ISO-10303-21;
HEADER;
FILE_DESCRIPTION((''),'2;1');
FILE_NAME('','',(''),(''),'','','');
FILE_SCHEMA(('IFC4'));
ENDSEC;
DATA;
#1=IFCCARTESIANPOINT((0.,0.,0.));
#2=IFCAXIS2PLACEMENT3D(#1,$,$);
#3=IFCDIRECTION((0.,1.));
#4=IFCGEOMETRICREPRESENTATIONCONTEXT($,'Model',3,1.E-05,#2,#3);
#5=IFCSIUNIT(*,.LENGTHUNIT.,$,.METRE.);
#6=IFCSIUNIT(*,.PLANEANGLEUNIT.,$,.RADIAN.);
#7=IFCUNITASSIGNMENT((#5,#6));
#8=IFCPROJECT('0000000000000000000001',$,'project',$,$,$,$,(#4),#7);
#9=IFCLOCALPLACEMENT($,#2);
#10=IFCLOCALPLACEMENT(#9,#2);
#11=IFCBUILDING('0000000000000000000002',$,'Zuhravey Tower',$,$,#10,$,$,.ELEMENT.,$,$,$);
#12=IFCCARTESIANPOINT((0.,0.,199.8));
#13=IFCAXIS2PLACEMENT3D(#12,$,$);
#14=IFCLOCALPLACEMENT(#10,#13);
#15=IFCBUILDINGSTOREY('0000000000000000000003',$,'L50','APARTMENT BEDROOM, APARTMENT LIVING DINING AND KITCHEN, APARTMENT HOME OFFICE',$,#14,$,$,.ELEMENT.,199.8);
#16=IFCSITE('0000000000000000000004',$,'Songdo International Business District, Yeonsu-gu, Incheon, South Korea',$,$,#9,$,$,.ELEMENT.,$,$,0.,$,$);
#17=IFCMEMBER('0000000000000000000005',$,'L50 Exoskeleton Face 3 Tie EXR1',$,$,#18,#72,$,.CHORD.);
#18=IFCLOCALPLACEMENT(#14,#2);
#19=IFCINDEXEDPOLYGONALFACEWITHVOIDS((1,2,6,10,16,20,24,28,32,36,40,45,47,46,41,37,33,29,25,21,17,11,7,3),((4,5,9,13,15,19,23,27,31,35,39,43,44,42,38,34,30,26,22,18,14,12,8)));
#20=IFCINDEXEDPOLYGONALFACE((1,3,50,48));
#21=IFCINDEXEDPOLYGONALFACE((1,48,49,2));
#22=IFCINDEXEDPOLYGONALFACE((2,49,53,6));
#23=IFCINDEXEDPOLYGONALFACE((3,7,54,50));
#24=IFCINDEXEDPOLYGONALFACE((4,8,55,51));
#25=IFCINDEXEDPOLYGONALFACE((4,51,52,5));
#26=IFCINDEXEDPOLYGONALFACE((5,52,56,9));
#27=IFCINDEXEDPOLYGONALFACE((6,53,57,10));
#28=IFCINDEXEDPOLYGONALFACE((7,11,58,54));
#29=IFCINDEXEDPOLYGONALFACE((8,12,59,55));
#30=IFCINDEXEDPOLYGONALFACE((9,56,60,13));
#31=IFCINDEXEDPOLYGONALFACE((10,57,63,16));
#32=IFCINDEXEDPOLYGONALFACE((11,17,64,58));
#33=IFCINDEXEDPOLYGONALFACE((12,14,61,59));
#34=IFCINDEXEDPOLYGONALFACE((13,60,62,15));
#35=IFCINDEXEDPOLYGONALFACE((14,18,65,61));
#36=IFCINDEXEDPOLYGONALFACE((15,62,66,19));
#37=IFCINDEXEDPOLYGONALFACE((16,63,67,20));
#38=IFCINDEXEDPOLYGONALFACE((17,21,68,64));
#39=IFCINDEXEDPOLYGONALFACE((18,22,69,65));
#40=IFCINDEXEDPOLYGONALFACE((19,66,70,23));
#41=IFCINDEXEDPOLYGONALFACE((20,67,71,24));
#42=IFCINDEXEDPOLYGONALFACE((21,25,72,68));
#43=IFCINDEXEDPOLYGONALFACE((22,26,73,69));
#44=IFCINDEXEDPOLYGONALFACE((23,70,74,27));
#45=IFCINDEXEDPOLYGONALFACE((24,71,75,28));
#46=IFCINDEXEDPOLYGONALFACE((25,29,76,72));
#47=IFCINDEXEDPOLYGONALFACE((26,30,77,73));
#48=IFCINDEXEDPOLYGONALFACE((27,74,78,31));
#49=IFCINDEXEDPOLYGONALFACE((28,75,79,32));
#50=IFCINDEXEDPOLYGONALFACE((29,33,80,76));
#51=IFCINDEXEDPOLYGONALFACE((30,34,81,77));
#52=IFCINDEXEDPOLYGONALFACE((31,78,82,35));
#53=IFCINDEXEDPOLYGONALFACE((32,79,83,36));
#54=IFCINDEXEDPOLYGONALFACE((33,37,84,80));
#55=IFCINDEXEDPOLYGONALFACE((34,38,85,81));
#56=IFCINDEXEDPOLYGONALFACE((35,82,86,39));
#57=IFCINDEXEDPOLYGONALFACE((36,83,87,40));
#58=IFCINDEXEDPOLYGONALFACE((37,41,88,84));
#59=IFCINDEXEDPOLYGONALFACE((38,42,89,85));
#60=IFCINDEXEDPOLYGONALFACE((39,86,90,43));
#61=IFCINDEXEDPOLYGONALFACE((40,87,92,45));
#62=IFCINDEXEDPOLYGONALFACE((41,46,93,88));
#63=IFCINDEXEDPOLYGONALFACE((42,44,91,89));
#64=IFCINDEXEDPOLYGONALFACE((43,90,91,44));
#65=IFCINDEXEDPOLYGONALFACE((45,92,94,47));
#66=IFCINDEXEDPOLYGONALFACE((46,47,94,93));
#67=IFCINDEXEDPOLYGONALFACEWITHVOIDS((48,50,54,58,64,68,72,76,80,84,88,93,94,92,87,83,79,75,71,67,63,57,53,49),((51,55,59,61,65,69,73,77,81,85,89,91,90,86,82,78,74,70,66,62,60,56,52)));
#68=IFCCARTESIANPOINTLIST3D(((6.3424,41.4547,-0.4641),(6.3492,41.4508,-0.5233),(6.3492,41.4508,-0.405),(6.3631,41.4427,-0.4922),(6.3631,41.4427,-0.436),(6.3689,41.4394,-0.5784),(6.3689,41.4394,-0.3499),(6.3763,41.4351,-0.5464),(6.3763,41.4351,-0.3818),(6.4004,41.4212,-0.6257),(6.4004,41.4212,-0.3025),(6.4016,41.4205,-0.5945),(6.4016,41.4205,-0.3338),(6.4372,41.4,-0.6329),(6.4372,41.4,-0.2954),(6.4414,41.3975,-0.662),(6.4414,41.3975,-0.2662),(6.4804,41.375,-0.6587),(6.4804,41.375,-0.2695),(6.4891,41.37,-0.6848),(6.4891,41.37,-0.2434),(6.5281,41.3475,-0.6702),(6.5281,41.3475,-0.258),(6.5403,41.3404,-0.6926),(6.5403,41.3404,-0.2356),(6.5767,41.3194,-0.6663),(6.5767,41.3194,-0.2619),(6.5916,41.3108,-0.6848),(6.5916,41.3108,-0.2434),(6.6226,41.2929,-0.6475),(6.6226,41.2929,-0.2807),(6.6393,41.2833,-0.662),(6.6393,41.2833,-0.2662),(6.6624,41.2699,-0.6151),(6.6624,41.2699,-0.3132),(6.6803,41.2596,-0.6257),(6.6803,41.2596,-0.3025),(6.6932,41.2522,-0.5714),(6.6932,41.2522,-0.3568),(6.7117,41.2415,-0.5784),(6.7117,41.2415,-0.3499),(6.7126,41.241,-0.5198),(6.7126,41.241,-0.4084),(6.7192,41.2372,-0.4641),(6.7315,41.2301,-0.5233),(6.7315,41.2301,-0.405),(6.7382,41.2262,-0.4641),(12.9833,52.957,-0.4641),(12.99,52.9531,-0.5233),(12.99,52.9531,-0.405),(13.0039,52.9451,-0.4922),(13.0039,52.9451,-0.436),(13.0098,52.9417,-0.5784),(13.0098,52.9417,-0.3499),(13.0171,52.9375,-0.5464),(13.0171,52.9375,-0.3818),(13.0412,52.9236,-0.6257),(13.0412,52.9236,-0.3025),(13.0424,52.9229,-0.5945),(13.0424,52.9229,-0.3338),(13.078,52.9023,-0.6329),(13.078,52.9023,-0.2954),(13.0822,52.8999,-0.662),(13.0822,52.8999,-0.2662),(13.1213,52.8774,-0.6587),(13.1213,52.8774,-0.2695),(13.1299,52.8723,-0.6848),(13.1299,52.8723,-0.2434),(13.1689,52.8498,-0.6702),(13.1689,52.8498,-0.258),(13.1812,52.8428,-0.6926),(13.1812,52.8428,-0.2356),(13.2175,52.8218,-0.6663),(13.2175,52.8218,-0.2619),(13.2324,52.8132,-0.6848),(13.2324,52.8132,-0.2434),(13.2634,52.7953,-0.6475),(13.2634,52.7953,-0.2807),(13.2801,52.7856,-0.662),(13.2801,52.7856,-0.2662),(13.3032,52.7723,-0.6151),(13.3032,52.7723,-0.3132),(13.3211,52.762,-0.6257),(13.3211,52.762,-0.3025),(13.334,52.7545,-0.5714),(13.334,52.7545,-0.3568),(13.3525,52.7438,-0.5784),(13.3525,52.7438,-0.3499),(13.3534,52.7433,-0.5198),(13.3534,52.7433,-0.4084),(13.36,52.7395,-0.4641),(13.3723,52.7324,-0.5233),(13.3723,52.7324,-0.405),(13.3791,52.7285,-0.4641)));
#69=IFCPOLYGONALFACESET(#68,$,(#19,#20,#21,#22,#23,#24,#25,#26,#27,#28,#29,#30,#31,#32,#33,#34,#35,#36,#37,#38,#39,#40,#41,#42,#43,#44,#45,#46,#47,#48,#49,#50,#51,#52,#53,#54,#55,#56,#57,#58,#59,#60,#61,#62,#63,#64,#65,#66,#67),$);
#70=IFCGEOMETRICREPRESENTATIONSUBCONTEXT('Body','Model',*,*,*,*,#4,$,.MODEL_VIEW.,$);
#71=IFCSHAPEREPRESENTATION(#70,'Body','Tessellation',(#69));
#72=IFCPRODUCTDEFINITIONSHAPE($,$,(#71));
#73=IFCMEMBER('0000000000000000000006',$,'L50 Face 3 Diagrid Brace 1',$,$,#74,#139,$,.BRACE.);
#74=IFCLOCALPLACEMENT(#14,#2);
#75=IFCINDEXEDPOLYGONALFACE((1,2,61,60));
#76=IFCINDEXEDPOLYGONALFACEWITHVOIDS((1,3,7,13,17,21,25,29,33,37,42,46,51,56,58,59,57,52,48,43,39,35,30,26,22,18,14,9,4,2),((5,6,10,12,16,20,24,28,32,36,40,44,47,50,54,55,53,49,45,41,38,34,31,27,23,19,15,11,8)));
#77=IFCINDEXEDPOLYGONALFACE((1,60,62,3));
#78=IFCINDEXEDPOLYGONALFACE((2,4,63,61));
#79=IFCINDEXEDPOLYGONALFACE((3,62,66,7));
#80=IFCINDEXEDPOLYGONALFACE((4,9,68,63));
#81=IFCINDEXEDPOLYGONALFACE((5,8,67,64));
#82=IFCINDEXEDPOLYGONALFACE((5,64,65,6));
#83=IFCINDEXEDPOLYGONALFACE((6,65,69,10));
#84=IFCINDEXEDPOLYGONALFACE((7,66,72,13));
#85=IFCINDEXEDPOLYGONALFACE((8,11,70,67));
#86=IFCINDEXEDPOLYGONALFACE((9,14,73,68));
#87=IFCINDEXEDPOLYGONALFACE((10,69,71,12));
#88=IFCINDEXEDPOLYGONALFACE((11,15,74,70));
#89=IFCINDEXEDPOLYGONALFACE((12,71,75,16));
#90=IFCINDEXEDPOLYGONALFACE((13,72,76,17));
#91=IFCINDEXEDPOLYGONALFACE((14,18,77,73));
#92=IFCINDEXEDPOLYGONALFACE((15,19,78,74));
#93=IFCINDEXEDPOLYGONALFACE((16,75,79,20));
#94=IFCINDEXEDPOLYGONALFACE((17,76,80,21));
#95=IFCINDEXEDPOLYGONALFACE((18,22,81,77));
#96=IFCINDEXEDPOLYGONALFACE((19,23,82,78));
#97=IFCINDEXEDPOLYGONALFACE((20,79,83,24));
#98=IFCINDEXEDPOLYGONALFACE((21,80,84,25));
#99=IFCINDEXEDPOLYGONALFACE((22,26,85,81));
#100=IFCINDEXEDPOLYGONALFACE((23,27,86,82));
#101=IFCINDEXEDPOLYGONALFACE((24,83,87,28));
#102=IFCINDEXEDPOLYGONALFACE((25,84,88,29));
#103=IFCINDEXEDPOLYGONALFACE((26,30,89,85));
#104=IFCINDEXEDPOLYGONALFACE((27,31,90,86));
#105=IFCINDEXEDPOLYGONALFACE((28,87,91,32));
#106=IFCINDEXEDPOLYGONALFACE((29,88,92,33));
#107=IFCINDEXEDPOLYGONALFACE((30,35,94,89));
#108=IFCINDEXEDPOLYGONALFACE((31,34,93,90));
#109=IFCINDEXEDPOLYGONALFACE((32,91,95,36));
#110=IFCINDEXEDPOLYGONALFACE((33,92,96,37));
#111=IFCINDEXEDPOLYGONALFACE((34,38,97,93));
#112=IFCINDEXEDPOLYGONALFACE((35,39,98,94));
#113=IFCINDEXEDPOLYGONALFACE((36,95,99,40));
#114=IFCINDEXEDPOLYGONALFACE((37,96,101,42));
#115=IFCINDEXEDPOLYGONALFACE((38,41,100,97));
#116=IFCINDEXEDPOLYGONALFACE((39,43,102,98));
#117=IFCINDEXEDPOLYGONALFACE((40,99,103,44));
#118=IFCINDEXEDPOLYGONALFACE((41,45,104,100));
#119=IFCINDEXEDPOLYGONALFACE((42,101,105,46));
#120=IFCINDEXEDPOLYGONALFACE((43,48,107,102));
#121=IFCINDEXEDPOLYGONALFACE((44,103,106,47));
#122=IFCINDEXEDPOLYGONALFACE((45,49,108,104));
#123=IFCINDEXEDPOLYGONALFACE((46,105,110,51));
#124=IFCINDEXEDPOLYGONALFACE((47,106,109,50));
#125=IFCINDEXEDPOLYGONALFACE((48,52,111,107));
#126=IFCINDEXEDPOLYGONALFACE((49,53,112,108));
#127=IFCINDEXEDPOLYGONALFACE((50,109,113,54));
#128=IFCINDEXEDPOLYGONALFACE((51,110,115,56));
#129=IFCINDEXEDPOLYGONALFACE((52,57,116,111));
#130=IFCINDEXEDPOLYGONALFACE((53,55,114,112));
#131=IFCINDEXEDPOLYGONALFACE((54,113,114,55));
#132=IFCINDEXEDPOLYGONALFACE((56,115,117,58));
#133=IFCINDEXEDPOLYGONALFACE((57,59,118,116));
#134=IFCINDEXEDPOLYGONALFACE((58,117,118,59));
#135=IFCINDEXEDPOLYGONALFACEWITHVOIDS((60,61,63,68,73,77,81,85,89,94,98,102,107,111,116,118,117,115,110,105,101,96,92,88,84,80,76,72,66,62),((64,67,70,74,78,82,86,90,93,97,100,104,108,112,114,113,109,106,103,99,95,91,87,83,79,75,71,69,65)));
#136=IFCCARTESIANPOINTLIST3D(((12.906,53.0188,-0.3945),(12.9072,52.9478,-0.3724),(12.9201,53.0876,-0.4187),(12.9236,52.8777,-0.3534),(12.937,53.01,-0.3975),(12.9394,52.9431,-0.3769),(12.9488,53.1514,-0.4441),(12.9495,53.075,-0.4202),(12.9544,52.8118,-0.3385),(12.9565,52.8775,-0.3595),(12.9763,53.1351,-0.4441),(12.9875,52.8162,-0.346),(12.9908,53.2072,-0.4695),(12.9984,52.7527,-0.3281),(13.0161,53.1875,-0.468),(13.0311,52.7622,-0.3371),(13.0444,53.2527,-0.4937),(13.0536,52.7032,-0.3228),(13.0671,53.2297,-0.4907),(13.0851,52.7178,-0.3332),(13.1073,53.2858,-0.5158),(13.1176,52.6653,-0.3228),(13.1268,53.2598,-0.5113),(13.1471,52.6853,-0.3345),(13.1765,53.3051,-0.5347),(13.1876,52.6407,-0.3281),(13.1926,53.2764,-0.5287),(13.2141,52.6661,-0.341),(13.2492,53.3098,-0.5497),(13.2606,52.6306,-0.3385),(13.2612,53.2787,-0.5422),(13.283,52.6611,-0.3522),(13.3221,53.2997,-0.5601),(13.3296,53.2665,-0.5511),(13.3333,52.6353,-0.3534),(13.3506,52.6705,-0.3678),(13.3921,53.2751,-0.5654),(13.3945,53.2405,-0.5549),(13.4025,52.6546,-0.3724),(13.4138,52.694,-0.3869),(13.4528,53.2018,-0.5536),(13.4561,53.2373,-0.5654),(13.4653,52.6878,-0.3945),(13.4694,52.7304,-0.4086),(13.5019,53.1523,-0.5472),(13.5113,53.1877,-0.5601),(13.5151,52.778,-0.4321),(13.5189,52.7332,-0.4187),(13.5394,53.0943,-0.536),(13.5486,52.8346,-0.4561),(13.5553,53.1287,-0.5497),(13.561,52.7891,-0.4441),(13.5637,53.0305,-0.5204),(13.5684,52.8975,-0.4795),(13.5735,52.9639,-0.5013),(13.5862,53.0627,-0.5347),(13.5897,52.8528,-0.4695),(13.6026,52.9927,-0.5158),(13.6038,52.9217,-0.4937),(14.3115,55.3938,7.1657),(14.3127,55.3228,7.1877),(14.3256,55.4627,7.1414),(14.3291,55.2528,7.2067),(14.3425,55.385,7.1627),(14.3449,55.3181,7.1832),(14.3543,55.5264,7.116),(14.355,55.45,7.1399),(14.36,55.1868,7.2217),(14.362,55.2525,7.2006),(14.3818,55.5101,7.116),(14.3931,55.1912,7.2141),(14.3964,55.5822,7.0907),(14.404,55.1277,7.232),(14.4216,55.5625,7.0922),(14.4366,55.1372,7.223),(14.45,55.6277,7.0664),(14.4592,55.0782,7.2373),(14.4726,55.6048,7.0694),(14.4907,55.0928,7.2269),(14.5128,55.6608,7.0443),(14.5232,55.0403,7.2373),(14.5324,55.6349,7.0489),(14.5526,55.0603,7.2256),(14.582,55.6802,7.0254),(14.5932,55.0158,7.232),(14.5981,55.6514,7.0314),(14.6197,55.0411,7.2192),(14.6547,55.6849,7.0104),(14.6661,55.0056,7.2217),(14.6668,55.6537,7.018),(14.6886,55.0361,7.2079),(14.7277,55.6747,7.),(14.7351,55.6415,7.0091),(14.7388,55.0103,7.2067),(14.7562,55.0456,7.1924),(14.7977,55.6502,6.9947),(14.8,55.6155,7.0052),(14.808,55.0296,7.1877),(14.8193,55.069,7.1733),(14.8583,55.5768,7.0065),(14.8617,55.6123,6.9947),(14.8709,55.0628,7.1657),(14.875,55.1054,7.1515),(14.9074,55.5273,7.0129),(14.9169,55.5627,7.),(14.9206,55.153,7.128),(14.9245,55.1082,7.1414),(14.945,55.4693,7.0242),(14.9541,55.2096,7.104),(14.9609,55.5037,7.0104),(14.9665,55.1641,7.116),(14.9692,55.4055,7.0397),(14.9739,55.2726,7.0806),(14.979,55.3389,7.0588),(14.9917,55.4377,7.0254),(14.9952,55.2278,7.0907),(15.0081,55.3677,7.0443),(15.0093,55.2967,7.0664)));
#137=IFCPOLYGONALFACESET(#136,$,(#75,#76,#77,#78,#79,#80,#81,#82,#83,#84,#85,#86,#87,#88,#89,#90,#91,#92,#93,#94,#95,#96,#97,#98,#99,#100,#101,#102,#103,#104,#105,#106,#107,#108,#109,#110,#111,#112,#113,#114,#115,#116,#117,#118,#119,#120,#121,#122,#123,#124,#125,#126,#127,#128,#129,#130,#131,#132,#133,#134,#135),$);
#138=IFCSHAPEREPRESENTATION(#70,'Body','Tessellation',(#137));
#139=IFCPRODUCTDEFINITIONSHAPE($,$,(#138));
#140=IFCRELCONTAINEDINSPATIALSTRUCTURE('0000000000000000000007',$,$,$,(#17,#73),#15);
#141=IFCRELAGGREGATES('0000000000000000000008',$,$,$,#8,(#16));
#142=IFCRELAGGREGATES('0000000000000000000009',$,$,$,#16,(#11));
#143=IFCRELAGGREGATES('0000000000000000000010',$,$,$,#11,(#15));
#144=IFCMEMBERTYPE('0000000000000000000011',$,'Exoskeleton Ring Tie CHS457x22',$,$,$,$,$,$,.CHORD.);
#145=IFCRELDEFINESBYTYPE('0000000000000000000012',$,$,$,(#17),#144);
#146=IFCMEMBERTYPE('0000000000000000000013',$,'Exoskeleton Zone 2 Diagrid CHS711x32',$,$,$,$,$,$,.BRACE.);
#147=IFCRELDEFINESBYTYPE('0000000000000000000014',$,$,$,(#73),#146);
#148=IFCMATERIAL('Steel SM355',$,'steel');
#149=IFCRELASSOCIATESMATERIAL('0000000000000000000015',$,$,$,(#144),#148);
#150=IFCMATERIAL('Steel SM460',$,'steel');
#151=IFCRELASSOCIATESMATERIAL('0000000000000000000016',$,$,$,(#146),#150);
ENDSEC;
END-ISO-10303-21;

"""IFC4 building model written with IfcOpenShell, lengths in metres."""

from ifc_helpers import new_model, si_unit, direction, frame, origin, origin_2d, place, context, subcontext, project, spatial, hollow_circle, extrude, material, material_profile, profile_set, type_object, element, save


model = new_model("IFC4")

# Units and contexts
model_context = context("Model", 3, precision=1e-05, world=origin(), true_north=direction((0.0, 1.0)))
body_context = subcontext(model_context, "Body", "Model", "MODEL_VIEW")
ifc_project = project(units=[si_unit("LENGTHUNIT", "METRE"), si_unit("PLANEANGLEUNIT", "RADIAN")], contexts=[model_context])

# Site, building, storey
site_placement = place(None, origin())
site = spatial("IfcSite", under=ifc_project, at=site_placement, Name="Songdo International Business District, Yeonsu-gu, Incheon, South Korea", CompositionType="ELEMENT", RefElevation=0.0)
building_placement = place(site_placement, origin())
building = spatial("IfcBuilding", under=site, at=building_placement, Name="Zuhravey Tower", CompositionType="ELEMENT")
storey_placement = place(building_placement, frame((0.0, 0.0, 199.8)))
storey = spatial("IfcBuildingStorey", under=building, at=storey_placement, Name="L50", Description="APARTMENT BEDROOM, APARTMENT LIVING DINING AND KITCHEN, APARTMENT HOME OFFICE", CompositionType="ELEMENT", Elevation=199.8)

# Members
ifc_material_1 = material(Name="Steel SM355", Category="steel")
ifc_material_profile_1 = material_profile(ifc_material_1, hollow_circle(Radius=0.2285, WallThickness=0.022, at=origin_2d()), Name="CHS-457.2x22")
ifc_profile_set_1 = profile_set([ifc_material_profile_1], Name="Steel SM355")
member_type_1 = type_object("IfcMemberType", Name="Exoskeleton Ring Tie CHS457x22", PredefinedType="CHORD", material=ifc_profile_set_1)
member_1_placement = place(storey_placement, frame((13.1812, 52.8428, -0.4641), z_axis=(-0.499996, -0.866028, 0.0), x_axis=(0.866028, -0.499996, 0.0)))
element("IfcMember", 1, at=member_1_placement, inside=storey, type_object=member_type_1, Name="L50 Exoskeleton Face 3 Tie EXR1", PredefinedType="CHORD", context=body_context, shape_type="SweptSolid", body=[
    extrude(hollow_circle(Radius=0.2285, WallThickness=0.022, at=origin_2d()), origin(), (0.0, 0.0, 1.0), 13.2817),
])
ifc_material_2 = material(Name="Steel SM460", Category="steel")
ifc_material_profile_2 = material_profile(ifc_material_2, hollow_circle(Radius=0.3557, WallThickness=0.032, at=origin_2d()), Name="CHS-711.2x32")
ifc_profile_set_2 = profile_set([ifc_material_profile_2], Name="Steel SM460")
member_type_2 = type_object("IfcMemberType", Name="Exoskeleton Zone 2 Diagrid CHS711x32", PredefinedType="BRACE", material=ifc_profile_set_2)
member_2_placement = place(storey_placement, frame((13.2549, 52.9702, -0.4441), z_axis=(0.174641, 0.295104, 0.939369), x_axis=(-0.860592, 0.509295, 0.0)))
element("IfcMember", 2, at=member_2_placement, inside=storey, type_object=member_type_2, Name="L50 Face 3 Diagrid Brace 1", PredefinedType="BRACE", context=body_context, shape_type="SweptSolid", body=[
    extrude(hollow_circle(Radius=0.3557, WallThickness=0.032, at=origin_2d()), origin(), (0.0, 0.0, 1.0), 8.0481),
])

save(model, "model.ifc")
